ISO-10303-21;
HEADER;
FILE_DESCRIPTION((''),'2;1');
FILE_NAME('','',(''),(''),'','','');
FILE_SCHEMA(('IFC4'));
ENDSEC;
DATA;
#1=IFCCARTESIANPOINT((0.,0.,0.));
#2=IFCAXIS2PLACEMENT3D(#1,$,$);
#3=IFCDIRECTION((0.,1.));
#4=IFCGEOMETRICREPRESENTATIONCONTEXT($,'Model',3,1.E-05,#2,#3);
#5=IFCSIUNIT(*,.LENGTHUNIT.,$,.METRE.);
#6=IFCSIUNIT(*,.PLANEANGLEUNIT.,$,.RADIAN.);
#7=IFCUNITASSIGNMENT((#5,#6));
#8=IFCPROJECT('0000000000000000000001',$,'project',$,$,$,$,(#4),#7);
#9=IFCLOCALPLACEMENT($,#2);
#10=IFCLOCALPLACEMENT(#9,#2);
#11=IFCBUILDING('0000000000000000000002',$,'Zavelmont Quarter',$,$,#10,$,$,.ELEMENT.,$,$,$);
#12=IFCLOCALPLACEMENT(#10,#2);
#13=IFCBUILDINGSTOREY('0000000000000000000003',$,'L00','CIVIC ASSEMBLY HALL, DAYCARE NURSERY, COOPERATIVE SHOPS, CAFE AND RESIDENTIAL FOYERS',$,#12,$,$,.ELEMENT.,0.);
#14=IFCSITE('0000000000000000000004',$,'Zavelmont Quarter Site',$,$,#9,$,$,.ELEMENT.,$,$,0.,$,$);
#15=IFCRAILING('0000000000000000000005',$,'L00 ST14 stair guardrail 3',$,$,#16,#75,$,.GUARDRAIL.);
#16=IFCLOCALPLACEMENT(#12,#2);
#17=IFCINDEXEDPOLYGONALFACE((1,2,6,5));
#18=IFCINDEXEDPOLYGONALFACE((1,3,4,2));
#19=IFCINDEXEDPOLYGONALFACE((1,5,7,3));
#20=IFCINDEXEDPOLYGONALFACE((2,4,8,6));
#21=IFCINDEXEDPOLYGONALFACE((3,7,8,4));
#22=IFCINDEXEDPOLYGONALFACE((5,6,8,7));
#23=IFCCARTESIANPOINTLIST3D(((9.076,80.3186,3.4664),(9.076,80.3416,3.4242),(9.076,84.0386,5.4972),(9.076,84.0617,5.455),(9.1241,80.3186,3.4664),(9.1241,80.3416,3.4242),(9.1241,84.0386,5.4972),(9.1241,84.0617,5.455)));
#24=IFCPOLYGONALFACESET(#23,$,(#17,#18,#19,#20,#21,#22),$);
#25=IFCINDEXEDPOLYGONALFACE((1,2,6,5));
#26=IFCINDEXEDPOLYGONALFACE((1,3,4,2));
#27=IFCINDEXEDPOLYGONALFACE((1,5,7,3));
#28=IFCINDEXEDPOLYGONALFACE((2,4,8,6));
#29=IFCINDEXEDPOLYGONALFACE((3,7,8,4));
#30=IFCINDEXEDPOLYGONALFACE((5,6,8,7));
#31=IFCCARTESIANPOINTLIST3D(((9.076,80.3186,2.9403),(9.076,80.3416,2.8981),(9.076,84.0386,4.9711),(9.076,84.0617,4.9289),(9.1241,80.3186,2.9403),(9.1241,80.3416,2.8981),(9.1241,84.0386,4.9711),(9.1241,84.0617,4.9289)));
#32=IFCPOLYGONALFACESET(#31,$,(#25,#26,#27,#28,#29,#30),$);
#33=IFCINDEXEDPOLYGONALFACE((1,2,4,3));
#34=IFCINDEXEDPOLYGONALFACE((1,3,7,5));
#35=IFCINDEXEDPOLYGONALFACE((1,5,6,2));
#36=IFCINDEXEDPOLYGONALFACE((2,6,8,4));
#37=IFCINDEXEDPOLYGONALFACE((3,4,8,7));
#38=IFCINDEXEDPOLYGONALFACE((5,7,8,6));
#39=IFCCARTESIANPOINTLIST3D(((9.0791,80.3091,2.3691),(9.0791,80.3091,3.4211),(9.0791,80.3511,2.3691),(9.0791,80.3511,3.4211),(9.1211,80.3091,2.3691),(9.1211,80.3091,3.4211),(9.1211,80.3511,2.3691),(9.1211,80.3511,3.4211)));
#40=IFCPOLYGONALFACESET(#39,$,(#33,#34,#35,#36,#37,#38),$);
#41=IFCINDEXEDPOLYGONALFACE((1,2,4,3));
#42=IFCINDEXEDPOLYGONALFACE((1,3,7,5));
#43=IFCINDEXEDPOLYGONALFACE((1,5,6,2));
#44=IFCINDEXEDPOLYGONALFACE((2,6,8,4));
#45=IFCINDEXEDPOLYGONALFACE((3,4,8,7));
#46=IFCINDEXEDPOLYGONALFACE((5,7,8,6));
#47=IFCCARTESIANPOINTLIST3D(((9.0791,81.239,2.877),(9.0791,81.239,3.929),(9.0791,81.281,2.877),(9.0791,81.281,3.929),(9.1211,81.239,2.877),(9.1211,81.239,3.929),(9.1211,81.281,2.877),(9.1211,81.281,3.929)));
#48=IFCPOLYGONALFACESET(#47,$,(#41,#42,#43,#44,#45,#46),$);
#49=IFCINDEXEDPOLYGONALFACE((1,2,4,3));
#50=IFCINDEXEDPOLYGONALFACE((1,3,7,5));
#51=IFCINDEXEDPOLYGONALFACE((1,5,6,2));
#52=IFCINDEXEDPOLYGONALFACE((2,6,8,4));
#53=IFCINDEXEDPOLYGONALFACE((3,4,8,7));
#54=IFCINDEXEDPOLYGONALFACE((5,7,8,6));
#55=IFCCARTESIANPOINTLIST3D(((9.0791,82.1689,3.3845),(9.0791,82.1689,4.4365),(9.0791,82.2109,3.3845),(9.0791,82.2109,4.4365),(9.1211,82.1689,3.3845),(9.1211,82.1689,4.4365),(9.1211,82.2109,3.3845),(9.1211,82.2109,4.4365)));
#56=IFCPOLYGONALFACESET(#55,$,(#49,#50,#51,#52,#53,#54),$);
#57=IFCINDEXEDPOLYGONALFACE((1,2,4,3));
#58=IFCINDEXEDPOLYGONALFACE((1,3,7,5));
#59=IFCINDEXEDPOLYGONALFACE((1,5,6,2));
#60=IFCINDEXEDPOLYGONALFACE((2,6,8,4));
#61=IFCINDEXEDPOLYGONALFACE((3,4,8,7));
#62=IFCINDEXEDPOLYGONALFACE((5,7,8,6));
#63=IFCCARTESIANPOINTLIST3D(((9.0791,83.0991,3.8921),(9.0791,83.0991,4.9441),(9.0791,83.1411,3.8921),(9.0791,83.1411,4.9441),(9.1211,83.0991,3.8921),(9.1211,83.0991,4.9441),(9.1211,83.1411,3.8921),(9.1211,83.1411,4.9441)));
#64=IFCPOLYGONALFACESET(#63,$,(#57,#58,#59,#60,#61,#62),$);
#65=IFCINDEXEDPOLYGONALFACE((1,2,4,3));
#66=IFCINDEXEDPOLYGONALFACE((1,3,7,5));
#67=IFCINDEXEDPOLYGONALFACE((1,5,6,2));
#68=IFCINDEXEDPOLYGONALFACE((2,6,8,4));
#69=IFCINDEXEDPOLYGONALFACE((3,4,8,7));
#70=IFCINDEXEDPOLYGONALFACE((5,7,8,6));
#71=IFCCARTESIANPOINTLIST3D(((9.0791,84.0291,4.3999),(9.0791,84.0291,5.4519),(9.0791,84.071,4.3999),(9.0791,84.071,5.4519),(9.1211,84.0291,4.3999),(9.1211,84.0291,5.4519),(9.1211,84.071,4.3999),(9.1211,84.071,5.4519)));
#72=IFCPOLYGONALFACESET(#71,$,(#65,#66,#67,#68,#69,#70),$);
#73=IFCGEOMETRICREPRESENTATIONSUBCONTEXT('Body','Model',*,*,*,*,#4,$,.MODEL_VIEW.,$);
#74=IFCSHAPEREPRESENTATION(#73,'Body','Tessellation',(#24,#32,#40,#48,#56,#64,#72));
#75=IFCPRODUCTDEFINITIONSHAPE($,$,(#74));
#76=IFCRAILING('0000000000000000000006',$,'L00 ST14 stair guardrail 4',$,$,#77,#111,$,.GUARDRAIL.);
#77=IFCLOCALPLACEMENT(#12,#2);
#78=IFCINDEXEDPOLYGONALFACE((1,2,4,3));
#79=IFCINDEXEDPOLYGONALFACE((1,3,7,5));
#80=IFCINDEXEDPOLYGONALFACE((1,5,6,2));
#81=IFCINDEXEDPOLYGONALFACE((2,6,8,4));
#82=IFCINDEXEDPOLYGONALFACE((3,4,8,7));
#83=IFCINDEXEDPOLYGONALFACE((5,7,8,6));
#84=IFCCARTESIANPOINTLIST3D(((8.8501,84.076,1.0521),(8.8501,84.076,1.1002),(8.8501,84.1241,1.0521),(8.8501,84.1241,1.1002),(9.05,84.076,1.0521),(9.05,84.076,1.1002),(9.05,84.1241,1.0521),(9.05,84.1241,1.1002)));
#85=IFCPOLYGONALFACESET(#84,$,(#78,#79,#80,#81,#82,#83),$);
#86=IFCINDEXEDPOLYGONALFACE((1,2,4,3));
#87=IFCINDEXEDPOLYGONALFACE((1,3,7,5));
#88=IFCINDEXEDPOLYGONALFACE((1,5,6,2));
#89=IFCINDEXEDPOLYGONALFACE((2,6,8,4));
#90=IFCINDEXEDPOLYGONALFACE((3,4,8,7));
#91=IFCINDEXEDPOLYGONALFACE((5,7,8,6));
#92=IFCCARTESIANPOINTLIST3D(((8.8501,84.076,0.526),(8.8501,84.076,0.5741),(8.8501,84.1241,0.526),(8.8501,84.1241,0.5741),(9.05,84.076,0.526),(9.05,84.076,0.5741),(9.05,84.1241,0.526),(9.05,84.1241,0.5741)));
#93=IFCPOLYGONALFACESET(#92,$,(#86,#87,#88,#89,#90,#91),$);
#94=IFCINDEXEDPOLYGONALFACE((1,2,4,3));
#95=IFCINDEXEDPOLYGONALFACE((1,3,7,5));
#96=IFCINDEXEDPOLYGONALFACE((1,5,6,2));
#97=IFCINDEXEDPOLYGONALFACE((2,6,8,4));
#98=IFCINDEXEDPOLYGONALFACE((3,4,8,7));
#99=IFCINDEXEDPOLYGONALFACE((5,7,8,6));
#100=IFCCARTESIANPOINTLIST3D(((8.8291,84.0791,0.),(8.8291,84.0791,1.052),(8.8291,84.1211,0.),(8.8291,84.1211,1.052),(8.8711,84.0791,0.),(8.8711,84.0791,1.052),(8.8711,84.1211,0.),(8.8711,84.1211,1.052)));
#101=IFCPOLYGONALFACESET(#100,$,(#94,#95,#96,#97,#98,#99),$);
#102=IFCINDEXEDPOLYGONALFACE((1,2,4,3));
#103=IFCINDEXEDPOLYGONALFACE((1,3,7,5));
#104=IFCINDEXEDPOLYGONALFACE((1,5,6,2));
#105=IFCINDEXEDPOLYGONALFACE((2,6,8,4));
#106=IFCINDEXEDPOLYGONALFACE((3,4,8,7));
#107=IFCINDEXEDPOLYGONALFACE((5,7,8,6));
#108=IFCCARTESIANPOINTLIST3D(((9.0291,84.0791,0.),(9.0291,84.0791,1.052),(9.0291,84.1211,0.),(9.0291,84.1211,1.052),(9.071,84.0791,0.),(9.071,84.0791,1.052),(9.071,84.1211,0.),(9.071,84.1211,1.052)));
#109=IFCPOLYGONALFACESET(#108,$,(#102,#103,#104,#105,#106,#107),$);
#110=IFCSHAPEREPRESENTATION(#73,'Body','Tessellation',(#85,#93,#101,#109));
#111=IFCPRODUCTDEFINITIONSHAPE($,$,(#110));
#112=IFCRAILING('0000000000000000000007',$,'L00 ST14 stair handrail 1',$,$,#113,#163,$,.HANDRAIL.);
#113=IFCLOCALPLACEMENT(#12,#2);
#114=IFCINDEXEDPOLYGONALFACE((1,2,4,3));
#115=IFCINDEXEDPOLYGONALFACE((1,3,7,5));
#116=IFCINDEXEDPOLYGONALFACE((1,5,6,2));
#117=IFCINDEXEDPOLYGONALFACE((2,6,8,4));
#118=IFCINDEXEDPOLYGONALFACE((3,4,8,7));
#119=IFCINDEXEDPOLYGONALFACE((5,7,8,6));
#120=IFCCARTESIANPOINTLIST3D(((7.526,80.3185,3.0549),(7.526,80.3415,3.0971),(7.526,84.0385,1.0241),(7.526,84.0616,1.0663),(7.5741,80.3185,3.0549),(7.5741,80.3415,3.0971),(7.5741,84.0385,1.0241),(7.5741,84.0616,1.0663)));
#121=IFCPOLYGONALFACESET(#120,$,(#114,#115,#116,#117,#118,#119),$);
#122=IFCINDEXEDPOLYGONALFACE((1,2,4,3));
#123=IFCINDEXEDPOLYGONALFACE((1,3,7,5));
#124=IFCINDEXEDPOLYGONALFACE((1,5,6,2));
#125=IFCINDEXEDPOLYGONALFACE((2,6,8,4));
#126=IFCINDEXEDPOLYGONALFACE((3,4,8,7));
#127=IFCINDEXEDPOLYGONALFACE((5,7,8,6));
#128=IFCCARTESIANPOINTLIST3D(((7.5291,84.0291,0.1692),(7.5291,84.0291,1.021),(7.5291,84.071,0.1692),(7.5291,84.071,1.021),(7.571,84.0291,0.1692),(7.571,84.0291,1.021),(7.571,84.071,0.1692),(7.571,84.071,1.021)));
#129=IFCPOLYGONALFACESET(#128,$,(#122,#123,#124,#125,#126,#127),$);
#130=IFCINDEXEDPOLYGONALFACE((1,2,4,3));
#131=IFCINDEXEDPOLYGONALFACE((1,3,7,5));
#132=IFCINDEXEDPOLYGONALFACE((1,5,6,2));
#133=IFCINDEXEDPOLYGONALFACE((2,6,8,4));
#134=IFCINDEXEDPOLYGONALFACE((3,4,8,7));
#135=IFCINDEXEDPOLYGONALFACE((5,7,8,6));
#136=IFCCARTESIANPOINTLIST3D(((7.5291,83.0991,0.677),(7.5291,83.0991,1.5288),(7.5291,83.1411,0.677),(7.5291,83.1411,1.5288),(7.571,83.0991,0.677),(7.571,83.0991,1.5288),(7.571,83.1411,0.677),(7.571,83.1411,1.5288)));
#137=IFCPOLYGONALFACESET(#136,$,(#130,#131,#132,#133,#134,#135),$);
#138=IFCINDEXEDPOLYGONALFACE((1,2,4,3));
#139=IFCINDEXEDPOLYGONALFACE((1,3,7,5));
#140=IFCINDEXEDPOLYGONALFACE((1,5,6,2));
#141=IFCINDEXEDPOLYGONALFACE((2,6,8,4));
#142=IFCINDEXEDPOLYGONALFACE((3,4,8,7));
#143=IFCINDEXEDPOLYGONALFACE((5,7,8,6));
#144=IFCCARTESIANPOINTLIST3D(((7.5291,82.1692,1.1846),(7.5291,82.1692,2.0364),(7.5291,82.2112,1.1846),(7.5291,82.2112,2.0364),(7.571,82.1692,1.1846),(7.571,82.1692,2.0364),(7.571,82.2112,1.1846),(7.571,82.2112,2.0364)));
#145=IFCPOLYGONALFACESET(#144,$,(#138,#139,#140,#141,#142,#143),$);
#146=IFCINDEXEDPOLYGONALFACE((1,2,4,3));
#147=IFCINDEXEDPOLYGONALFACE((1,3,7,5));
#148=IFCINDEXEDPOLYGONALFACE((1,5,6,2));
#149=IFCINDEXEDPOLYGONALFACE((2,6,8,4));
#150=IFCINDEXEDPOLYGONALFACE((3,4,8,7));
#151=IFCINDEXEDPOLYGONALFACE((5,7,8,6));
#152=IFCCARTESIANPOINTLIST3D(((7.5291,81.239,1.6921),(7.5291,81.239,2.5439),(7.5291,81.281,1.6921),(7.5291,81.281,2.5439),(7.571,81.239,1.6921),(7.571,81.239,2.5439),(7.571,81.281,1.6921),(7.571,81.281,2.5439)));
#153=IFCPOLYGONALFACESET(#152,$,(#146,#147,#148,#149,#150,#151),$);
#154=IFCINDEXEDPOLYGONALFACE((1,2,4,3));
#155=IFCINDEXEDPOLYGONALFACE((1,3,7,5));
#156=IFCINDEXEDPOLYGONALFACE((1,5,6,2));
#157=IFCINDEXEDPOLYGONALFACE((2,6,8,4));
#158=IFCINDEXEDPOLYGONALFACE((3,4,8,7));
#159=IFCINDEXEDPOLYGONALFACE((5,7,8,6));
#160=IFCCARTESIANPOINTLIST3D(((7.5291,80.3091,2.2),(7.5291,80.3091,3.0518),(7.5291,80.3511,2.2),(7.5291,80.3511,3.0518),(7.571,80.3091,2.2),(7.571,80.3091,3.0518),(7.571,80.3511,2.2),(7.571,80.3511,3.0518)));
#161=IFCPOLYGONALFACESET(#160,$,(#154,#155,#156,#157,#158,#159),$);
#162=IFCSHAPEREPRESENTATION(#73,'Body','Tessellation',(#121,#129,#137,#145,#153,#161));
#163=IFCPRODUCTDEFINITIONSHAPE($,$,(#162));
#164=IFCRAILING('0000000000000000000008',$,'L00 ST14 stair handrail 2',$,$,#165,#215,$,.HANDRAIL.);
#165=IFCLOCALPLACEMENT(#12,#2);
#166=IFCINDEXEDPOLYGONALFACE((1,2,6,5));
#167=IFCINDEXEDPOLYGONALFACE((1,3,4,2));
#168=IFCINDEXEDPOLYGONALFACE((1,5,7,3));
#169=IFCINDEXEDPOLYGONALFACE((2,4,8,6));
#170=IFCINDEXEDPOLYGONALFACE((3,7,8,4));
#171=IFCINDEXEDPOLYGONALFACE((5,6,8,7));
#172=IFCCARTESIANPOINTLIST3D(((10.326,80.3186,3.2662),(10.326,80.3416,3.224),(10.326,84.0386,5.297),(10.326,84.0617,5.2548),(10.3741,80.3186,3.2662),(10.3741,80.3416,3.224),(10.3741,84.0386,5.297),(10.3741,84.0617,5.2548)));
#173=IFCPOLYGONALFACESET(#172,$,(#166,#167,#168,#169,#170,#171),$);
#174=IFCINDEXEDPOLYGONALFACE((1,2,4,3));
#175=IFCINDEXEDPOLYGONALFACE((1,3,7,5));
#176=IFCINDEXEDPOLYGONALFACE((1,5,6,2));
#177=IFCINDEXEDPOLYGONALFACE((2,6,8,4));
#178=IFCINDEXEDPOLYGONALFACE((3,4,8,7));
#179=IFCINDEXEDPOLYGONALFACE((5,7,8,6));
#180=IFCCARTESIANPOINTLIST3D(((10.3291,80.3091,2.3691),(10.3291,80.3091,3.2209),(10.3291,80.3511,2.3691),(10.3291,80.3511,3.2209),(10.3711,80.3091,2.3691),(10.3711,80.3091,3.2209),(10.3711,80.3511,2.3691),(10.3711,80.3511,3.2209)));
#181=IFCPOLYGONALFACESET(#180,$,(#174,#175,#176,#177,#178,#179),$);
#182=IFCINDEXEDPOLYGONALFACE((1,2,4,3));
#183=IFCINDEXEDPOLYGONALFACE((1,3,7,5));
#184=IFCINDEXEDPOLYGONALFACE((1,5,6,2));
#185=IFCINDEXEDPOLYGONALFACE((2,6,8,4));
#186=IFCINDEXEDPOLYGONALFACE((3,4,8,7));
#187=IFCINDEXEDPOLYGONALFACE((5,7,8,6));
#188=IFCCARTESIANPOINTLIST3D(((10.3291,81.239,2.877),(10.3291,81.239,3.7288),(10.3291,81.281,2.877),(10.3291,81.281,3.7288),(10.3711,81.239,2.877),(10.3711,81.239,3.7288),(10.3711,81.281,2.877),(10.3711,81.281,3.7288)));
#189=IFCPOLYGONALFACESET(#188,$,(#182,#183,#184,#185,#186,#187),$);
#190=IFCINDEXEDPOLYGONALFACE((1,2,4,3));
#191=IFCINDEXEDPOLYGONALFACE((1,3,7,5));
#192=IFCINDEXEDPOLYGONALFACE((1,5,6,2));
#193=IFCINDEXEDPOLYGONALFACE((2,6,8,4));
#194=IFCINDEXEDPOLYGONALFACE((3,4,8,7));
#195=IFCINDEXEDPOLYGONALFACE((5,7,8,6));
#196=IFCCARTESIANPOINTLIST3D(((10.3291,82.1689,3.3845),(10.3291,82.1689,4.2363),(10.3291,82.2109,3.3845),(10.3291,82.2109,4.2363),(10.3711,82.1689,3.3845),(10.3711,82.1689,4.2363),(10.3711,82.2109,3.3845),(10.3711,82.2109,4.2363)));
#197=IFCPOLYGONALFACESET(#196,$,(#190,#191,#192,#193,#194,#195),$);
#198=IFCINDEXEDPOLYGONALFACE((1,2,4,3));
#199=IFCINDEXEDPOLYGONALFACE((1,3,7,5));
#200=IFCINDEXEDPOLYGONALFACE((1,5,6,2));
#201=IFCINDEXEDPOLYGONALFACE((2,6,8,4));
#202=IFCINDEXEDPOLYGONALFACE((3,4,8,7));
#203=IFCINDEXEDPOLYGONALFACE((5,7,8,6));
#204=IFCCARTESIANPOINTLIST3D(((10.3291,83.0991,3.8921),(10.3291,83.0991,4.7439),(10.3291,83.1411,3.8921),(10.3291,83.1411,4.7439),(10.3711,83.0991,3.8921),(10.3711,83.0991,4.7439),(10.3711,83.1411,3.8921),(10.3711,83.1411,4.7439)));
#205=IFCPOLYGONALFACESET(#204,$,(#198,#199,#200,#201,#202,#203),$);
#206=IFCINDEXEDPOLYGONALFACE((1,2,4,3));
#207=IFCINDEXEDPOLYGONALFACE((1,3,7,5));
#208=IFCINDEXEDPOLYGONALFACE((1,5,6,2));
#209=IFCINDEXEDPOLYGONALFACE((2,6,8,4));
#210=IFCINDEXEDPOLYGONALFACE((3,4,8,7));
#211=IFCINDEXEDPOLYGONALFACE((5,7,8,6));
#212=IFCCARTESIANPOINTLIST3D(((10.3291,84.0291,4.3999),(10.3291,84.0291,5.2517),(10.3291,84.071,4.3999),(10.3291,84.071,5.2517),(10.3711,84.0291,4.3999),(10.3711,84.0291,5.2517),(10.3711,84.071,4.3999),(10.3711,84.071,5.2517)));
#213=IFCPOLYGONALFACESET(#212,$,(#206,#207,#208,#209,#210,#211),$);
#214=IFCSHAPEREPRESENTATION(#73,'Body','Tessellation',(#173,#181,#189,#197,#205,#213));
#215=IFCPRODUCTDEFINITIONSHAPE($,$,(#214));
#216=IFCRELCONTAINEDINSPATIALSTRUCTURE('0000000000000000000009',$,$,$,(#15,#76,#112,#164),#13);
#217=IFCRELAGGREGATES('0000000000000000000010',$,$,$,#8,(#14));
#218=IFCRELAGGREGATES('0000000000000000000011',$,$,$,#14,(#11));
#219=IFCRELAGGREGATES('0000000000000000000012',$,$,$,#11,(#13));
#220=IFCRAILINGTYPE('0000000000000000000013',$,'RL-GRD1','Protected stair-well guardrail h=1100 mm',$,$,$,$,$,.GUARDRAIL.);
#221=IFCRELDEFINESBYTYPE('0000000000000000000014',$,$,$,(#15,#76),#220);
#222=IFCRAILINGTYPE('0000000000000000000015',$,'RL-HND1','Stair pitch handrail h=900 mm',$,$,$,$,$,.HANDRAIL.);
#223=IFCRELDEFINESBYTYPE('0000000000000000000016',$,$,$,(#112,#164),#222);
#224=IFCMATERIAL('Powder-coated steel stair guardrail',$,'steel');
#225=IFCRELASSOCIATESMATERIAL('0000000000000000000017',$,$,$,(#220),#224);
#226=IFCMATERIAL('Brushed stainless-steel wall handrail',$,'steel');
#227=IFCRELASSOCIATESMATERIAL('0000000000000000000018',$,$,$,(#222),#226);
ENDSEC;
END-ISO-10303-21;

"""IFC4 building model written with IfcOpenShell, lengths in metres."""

from ifc_helpers import new_model, si_unit, direction, frame, origin, origin_2d, place, context, subcontext, project, spatial, rectangle, extrude, material, type_object, element, save


model = new_model("IFC4")

# Units and contexts
model_context = context("Model", 3, precision=1e-05, world=origin(), true_north=direction((0.0, 1.0)))
body_context = subcontext(model_context, "Body", "Model", "MODEL_VIEW")
ifc_project = project(units=[si_unit("LENGTHUNIT", "METRE"), si_unit("PLANEANGLEUNIT", "RADIAN")], contexts=[model_context])

# Site, building, storey
site_placement = place(None, origin())
site = spatial("IfcSite", under=ifc_project, at=site_placement, Name="Zavelmont Quarter Site", CompositionType="ELEMENT", RefElevation=0.0)
building_placement = place(site_placement, origin())
building = spatial("IfcBuilding", under=site, at=building_placement, Name="Zavelmont Quarter", CompositionType="ELEMENT")
storey_placement = place(building_placement, origin())
storey = spatial("IfcBuildingStorey", under=building, at=storey_placement, Name="L00", Description="CIVIC ASSEMBLY HALL, DAYCARE NURSERY, COOPERATIVE SHOPS, CAFE AND RESIDENTIAL FOYERS", CompositionType="ELEMENT", Elevation=0.0)

# Railings
ifc_material_1 = material(Name="Powder-coated steel stair guardrail", Category="steel")
railing_type_1 = type_object("IfcRailingType", Name="RL-GRD1", Description="Protected stair-well guardrail h=1100 mm", PredefinedType="GUARDRAIL", material=ifc_material_1)
railing_1_placement = place(storey_placement, frame((9.1001, 80.3301, 2.3691)))
element("IfcRailing", 1, at=railing_1_placement, inside=storey, type_object=railing_type_1, Name="L00 ST14 stair guardrail 3", PredefinedType="GUARDRAIL", context=body_context, shape_type="SweptSolid", body=[
    extrude(rectangle(XDim=0.0481, YDim=0.0481, at=origin_2d()), frame((0.0, 0.0, 1.0762), z_axis=(0.0, 0.877728, 0.479159), x_axis=(-1.0, 0.0, 0.0)), (0.0, 0.0, 1.0), 4.2383),
    extrude(rectangle(XDim=0.0481, YDim=0.0481, at=origin_2d()), frame((0.0, 0.0, 0.55), z_axis=(0.0, 0.877728, 0.479159), x_axis=(-1.0, 0.0, 0.0)), (0.0, 0.0, 1.0), 4.2383),
    extrude(rectangle(XDim=0.042, YDim=0.042, at=origin_2d()), origin(), (0.0, 0.0, 1.0), 1.052),
    extrude(rectangle(XDim=0.042, YDim=0.042, at=origin_2d()), frame((0.0, 0.9299, 0.5078)), (0.0, 0.0, 1.0), 1.052),
    extrude(rectangle(XDim=0.042, YDim=0.042, at=origin_2d()), frame((0.0, 1.8599, 1.0154)), (0.0, 0.0, 1.0), 1.052),
    extrude(rectangle(XDim=0.042, YDim=0.042, at=origin_2d()), frame((0.0, 2.79, 1.5229)), (0.0, 0.0, 1.0), 1.052),
    extrude(rectangle(XDim=0.042, YDim=0.042, at=origin_2d()), frame((0.0, 3.72, 2.0308)), (0.0, 0.0, 1.0), 1.052),
])
railing_2_placement = place(storey_placement, frame((8.8501, 84.1001, 0.0)))
element("IfcRailing", 2, at=railing_2_placement, inside=storey, type_object=railing_type_1, Name="L00 ST14 stair guardrail 4", PredefinedType="GUARDRAIL", context=body_context, shape_type="SweptSolid", body=[
    extrude(rectangle(XDim=0.0481, YDim=0.0481, at=origin_2d()), frame((0.0, 0.0, 1.0762), z_axis=(1.0, 0.0, 0.0), x_axis=(0.0, 1.0, 0.0)), (0.0, 0.0, 1.0), 0.2),
    extrude(rectangle(XDim=0.0481, YDim=0.0481, at=origin_2d()), frame((0.0, 0.0, 0.55), z_axis=(1.0, 0.0, 0.0), x_axis=(0.0, 1.0, 0.0)), (0.0, 0.0, 1.0), 0.2),
    extrude(rectangle(XDim=0.042, YDim=0.042, at=origin_2d()), origin(), (0.0, 0.0, 1.0), 1.052),
    extrude(rectangle(XDim=0.042, YDim=0.042, at=origin_2d()), frame((0.2, 0.0, 0.0)), (0.0, 0.0, 1.0), 1.052),
])
ifc_material_2 = material(Name="Brushed stainless-steel wall handrail", Category="steel")
railing_type_2 = type_object("IfcRailingType", Name="RL-HND1", Description="Stair pitch handrail h=900 mm", PredefinedType="HANDRAIL", material=ifc_material_2)
railing_3_placement = place(storey_placement, frame((7.55, 84.05, 0.1692)))
element("IfcRailing", 3, at=railing_3_placement, inside=storey, type_object=railing_type_2, Name="L00 ST14 stair handrail 1", PredefinedType="HANDRAIL", context=body_context, shape_type="SweptSolid", body=[
    extrude(rectangle(XDim=0.0481, YDim=0.0481, at=origin_2d()), frame((0.0, 0.0, 0.876), z_axis=(0.0, -0.877728, 0.479159), x_axis=(1.0, 0.0, 0.0)), (0.0, 0.0, 1.0), 4.2383),
    extrude(rectangle(XDim=0.042, YDim=0.042, at=origin_2d()), origin(), (0.0, 0.0, 1.0), 0.8518),
    extrude(rectangle(XDim=0.042, YDim=0.042, at=origin_2d()), frame((0.0, -0.9299, 0.5078)), (0.0, 0.0, 1.0), 0.8518),
    extrude(rectangle(XDim=0.042, YDim=0.042, at=origin_2d()), frame((0.0, -1.8599, 1.0154)), (0.0, 0.0, 1.0), 0.8518),
    extrude(rectangle(XDim=0.042, YDim=0.042, at=origin_2d()), frame((0.0, -2.79, 1.5229)), (0.0, 0.0, 1.0), 0.8518),
    extrude(rectangle(XDim=0.042, YDim=0.042, at=origin_2d()), frame((0.0, -3.72, 2.0308)), (0.0, 0.0, 1.0), 0.8518),
])
railing_4_placement = place(storey_placement, frame((10.3501, 80.3301, 2.3691)))
element("IfcRailing", 4, at=railing_4_placement, inside=storey, type_object=railing_type_2, Name="L00 ST14 stair handrail 2", PredefinedType="HANDRAIL", context=body_context, shape_type="SweptSolid", body=[
    extrude(rectangle(XDim=0.0481, YDim=0.0481, at=origin_2d()), frame((0.0, 0.0, 0.876), z_axis=(0.0, 0.877728, 0.479159), x_axis=(-1.0, 0.0, 0.0)), (0.0, 0.0, 1.0), 4.2383),
    extrude(rectangle(XDim=0.042, YDim=0.042, at=origin_2d()), origin(), (0.0, 0.0, 1.0), 0.8518),
    extrude(rectangle(XDim=0.042, YDim=0.042, at=origin_2d()), frame((0.0, 0.9299, 0.5078)), (0.0, 0.0, 1.0), 0.8518),
    extrude(rectangle(XDim=0.042, YDim=0.042, at=origin_2d()), frame((0.0, 1.8599, 1.0154)), (0.0, 0.0, 1.0), 0.8518),
    extrude(rectangle(XDim=0.042, YDim=0.042, at=origin_2d()), frame((0.0, 2.79, 1.5229)), (0.0, 0.0, 1.0), 0.8518),
    extrude(rectangle(XDim=0.042, YDim=0.042, at=origin_2d()), frame((0.0, 3.72, 2.0308)), (0.0, 0.0, 1.0), 0.8518),
])

save(model, "model.ifc")
